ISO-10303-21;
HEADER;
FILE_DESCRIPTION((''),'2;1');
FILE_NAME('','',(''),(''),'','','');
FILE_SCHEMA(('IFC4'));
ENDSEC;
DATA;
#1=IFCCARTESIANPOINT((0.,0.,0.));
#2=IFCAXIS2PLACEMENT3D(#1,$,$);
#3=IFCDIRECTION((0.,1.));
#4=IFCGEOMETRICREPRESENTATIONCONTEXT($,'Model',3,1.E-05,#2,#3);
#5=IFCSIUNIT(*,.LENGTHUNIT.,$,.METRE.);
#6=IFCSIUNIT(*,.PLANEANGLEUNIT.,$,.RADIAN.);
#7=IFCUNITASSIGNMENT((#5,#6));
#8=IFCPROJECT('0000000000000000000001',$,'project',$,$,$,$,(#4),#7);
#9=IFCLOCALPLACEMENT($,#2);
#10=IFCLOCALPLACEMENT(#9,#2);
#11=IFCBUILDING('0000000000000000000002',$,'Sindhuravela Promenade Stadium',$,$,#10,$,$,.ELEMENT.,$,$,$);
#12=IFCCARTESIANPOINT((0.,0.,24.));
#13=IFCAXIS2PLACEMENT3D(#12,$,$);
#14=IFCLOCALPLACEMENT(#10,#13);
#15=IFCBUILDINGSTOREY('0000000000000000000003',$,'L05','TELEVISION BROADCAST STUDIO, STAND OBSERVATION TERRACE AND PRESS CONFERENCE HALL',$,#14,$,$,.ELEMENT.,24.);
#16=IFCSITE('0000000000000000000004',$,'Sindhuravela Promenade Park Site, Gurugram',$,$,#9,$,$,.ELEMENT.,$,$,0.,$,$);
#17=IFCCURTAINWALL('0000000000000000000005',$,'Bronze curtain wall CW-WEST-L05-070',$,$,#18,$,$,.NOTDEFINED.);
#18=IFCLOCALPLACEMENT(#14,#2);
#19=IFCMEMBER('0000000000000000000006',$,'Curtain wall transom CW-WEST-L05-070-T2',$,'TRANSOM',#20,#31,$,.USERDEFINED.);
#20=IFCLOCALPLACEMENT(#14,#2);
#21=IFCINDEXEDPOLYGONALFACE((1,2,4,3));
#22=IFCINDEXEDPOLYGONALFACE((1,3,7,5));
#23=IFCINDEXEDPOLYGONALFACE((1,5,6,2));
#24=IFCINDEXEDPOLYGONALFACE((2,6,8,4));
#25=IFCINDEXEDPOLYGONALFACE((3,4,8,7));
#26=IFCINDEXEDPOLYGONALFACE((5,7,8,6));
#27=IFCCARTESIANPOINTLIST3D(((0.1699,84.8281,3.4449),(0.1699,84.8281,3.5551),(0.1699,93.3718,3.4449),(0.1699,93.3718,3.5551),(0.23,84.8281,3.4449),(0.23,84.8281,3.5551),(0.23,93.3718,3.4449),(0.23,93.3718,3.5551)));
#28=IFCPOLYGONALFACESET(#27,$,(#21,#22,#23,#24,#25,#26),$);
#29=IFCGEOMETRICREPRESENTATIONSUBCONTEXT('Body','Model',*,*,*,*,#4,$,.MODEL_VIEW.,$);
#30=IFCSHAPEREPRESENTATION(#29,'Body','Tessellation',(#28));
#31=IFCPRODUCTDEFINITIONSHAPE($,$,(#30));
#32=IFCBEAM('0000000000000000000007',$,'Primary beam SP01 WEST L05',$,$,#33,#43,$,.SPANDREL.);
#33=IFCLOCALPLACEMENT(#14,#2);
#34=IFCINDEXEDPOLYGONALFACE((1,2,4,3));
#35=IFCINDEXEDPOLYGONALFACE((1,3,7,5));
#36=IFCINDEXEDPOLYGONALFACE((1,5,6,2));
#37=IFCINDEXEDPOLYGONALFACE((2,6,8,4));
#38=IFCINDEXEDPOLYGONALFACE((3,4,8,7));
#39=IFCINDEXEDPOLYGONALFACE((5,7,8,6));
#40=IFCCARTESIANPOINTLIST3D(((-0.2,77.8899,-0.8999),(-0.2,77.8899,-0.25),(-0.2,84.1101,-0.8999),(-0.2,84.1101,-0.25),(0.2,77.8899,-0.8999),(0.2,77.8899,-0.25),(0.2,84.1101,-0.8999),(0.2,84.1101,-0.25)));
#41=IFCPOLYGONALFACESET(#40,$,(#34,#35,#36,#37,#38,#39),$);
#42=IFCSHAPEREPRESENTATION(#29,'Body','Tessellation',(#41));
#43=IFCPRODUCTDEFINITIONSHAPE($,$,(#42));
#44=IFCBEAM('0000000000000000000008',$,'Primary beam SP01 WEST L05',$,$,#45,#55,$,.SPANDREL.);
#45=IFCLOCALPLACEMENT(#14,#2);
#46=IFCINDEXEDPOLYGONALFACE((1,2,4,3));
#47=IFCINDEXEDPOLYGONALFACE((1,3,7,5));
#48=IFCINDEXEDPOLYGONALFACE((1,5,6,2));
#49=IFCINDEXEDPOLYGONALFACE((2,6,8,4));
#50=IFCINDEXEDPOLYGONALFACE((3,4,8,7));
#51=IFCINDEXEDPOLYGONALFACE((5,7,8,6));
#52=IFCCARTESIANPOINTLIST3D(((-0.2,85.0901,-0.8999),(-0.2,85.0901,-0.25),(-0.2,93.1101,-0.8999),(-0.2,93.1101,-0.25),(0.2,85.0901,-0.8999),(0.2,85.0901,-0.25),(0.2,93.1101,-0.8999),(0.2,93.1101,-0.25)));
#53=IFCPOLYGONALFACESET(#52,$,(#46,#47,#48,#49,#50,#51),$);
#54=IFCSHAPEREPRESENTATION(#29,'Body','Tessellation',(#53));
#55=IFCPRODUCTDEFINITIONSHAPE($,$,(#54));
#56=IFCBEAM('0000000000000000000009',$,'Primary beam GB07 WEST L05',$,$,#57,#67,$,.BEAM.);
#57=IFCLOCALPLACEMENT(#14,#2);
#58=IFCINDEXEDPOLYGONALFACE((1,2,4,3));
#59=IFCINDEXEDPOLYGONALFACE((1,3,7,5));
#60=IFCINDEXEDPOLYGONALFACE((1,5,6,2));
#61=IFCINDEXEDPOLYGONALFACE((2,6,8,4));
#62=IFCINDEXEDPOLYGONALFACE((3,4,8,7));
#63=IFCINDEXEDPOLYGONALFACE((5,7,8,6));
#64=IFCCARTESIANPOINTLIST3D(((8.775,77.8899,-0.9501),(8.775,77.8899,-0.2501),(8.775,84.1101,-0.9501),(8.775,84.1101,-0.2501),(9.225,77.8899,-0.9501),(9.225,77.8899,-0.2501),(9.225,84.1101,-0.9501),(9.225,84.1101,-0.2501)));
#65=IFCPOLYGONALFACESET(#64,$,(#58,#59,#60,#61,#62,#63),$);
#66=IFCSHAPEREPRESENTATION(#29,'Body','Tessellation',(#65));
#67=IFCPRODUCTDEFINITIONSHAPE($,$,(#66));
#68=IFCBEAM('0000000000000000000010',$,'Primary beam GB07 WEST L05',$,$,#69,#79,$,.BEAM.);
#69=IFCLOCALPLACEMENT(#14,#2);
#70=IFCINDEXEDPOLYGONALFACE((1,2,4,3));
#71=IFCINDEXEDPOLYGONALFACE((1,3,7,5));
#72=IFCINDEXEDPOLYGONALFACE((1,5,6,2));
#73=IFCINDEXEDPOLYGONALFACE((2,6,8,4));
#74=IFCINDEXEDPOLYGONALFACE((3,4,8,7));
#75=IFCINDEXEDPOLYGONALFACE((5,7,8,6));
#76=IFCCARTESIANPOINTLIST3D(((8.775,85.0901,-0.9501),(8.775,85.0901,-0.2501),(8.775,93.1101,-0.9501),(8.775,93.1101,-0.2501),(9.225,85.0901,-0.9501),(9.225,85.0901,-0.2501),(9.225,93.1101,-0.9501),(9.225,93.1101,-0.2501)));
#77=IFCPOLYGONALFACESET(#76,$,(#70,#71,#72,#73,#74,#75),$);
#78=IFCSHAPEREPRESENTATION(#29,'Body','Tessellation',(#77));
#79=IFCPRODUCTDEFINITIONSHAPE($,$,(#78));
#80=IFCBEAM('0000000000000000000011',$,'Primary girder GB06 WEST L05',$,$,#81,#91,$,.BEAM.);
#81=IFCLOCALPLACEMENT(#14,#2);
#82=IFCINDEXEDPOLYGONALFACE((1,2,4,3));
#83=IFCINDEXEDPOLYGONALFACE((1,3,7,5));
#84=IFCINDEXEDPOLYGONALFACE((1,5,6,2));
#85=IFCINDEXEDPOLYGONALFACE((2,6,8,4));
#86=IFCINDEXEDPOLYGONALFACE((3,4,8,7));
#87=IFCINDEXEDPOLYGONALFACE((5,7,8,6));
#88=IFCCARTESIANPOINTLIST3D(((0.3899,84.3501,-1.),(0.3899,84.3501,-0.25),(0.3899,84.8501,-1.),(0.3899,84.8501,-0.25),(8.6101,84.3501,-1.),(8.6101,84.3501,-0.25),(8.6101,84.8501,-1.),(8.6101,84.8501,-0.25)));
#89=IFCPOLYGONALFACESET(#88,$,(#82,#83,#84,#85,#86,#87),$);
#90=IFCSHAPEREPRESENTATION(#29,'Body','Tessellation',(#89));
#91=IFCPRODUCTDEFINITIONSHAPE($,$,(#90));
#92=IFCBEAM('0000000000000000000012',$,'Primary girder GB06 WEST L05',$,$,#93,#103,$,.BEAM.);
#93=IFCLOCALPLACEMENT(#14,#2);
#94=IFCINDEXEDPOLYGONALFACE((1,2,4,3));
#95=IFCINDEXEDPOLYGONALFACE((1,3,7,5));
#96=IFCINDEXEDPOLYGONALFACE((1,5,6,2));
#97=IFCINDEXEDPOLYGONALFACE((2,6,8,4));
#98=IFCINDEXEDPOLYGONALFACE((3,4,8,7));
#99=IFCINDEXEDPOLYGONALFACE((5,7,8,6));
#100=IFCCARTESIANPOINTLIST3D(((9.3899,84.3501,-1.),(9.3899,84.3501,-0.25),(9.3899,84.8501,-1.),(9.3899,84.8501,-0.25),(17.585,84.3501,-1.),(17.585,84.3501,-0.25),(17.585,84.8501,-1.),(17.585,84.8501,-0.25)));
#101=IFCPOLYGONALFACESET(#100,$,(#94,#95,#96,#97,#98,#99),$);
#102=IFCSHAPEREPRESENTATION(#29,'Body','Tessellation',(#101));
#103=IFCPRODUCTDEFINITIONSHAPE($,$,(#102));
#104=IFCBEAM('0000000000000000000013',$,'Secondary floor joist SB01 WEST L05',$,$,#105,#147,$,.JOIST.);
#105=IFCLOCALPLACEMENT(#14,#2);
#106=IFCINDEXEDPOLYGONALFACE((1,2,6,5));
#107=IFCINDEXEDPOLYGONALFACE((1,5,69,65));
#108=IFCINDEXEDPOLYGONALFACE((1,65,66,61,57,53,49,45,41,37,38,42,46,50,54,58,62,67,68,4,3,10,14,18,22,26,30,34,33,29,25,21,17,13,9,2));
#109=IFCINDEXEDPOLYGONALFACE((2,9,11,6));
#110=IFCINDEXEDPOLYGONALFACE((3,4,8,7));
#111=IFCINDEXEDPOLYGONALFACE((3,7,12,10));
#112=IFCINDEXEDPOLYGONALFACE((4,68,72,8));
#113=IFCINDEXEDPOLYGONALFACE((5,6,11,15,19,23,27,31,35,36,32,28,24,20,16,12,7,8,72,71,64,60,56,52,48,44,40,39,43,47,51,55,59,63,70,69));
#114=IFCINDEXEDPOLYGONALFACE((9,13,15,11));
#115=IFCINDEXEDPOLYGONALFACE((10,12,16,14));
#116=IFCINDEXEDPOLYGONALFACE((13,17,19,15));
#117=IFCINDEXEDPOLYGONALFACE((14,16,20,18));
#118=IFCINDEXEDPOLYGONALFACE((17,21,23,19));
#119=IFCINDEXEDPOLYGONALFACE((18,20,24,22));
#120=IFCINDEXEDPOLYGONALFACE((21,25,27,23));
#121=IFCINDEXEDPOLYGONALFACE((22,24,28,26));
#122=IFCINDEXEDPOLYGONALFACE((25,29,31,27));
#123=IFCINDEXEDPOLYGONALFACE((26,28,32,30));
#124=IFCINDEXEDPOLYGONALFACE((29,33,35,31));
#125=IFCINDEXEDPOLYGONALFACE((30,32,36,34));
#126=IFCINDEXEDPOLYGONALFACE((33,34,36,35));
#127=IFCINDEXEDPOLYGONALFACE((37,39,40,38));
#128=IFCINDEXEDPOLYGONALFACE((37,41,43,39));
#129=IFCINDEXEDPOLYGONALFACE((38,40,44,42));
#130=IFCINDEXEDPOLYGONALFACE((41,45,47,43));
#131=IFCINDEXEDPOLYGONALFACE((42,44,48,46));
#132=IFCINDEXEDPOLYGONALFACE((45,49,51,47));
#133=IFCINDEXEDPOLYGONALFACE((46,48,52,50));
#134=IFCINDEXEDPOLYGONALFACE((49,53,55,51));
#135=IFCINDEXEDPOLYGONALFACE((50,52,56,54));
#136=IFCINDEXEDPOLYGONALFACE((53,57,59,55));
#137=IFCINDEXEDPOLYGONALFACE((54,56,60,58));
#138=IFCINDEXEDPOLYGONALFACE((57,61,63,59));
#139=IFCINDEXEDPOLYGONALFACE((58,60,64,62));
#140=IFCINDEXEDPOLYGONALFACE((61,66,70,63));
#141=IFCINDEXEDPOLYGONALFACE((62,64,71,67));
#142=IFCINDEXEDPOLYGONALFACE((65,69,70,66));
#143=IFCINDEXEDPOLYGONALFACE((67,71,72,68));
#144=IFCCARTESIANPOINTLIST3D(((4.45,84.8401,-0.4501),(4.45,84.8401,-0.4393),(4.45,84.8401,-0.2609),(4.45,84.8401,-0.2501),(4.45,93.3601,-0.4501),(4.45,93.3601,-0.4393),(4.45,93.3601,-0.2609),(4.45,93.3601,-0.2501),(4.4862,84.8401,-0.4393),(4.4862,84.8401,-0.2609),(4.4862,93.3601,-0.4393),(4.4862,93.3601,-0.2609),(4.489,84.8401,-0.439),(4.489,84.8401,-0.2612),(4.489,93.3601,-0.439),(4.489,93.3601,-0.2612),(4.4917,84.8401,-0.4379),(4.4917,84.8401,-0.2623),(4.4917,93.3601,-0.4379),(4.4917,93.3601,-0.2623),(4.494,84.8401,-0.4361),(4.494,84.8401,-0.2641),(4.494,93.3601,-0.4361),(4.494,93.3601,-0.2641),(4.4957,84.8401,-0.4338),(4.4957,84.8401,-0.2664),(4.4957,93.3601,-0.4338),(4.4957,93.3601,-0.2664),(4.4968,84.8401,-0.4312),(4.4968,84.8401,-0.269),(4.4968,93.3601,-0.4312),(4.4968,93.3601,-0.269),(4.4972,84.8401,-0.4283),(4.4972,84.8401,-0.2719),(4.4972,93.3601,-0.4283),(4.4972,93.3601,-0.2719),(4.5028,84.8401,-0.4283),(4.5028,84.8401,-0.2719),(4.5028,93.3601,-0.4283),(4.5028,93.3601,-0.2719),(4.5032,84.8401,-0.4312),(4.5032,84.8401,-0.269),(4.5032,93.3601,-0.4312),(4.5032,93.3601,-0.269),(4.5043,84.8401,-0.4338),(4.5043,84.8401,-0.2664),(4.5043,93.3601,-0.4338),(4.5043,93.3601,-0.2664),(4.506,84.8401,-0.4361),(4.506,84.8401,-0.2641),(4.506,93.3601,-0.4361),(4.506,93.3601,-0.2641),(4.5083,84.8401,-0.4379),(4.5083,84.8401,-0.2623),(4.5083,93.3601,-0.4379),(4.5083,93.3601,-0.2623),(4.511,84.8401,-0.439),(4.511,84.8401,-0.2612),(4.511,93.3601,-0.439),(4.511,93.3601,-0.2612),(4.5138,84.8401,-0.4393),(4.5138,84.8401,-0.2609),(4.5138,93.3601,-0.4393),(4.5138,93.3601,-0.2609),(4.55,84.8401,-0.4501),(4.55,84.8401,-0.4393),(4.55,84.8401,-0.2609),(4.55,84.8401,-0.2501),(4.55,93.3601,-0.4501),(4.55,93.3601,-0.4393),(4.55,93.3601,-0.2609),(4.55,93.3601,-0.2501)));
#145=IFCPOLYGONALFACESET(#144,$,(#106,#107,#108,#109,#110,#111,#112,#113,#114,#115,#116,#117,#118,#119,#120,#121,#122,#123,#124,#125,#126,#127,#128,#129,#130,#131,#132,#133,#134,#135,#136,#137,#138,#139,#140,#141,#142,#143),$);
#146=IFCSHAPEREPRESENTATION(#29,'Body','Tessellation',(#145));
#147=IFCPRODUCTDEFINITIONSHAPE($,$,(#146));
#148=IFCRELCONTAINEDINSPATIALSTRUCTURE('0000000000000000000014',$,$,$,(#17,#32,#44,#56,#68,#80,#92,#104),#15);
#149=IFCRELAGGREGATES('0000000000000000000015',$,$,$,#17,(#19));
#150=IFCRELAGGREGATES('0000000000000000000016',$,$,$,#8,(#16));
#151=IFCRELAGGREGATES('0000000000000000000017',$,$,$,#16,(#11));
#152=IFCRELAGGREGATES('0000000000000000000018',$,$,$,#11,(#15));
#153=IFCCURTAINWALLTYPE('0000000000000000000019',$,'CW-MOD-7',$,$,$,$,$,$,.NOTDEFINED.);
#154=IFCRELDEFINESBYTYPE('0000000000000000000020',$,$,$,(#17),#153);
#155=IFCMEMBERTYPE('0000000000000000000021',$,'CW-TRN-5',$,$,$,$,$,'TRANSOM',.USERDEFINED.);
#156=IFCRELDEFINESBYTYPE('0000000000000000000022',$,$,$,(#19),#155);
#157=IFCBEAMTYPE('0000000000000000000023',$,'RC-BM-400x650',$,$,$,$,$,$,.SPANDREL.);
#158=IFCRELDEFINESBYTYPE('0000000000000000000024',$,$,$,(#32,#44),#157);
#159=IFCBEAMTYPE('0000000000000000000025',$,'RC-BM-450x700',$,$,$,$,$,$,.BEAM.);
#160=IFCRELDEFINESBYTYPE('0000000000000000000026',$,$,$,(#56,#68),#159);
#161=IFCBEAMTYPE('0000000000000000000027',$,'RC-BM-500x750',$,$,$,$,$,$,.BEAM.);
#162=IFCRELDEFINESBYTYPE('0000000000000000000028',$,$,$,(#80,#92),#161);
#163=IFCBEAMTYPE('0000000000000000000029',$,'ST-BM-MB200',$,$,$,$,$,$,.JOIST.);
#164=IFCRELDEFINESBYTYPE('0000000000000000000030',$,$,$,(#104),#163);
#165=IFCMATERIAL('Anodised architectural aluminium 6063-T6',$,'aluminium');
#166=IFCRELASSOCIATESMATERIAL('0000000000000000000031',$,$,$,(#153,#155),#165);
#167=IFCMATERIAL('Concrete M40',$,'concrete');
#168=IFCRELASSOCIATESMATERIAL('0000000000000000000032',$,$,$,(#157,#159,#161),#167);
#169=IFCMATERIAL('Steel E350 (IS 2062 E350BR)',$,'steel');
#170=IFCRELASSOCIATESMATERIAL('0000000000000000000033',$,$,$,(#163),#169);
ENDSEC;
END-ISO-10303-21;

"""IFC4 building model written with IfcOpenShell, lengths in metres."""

from ifc_helpers import new_model, si_unit, direction, frame, origin, origin_2d, place, context, subcontext, project, spatial, rectangle, i_section, extrude, material, material_profile, profile_set, type_object, element, aggregate, save


model = new_model("IFC4")

# Units and contexts
model_context = context("Model", 3, precision=1e-05, world=origin(), true_north=direction((0.0, 1.0)))
body_context = subcontext(model_context, "Body", "Model", "MODEL_VIEW")
ifc_project = project(units=[si_unit("LENGTHUNIT", "METRE"), si_unit("PLANEANGLEUNIT", "RADIAN")], contexts=[model_context])

# Site, building, storey
site_placement = place(None, origin())
site = spatial("IfcSite", under=ifc_project, at=site_placement, Name="Sindhuravela Promenade Park Site, Gurugram", CompositionType="ELEMENT", RefElevation=0.0)
building_placement = place(site_placement, origin())
building = spatial("IfcBuilding", under=site, at=building_placement, Name="Sindhuravela Promenade Stadium", CompositionType="ELEMENT")
storey_placement = place(building_placement, frame((0.0, 0.0, 24.0)))
storey = spatial("IfcBuildingStorey", under=building, at=storey_placement, Name="L05", Description="TELEVISION BROADCAST STUDIO, STAND OBSERVATION TERRACE AND PRESS CONFERENCE HALL", CompositionType="ELEMENT", Elevation=24.0)

# Shared definitions
ifc_material_1 = material(Name="Steel E350 (IS 2062 E350BR)", Category="steel")

# Shared definitions
ifc_material_2 = material(Name="Anodised architectural aluminium 6063-T6", Category="aluminium")

# Curtain wall
curtain_wall_type_1 = type_object("IfcCurtainWallType", Name="CW-MOD-7", PredefinedType="NOTDEFINED", material=ifc_material_2)
curtain_wall_1_placement = place(storey_placement, origin())
curtain_wall_1 = element("IfcCurtainWall", 1, at=curtain_wall_1_placement, inside=storey, type_object=curtain_wall_type_1, Name="Bronze curtain wall CW-WEST-L05-070", PredefinedType="NOTDEFINED")

# Member
ifc_material_profile_1 = material_profile(ifc_material_2, rectangle(XDim=0.0601, YDim=0.1101, at=origin_2d()), Name="ALU T60x110")
ifc_profile_set_1 = profile_set([ifc_material_profile_1], Name="Anodised architectural aluminium 6063-T6")
member_type_1 = type_object("IfcMemberType", Name="CW-TRN-5", ElementType="TRANSOM", PredefinedType="USERDEFINED", material=ifc_profile_set_1)
member_1_placement = place(storey_placement, frame((0.2, 84.8281, 3.5), z_axis=(0.0, 1.0, 0.0), x_axis=(-1.0, 0.0, 0.0)))
member_1 = element("IfcMember", 2, at=member_1_placement, type_object=member_type_1, Name="Curtain wall transom CW-WEST-L05-070-T2", ObjectType="TRANSOM", PredefinedType="USERDEFINED", context=body_context, shape_type="SweptSolid", body=[
    extrude(rectangle(XDim=0.0601, YDim=0.1101, at=origin_2d()), origin(), (0.0, 0.0, 1.0), 8.5437),
])
aggregate(curtain_wall_1, [member_1])

# Beams
ifc_material_3 = material(Name="Concrete M40", Category="concrete")
ifc_material_profile_2 = material_profile(ifc_material_3, rectangle(XDim=0.3999, YDim=0.6499, at=origin_2d()), Name="RC 400x650")
ifc_profile_set_2 = profile_set([ifc_material_profile_2], Name="Concrete M40")
beam_type_1 = type_object("IfcBeamType", Name="RC-BM-400x650", PredefinedType="SPANDREL", material=ifc_profile_set_2)
beam_1_placement = place(storey_placement, frame((0.0, 77.8899, -0.575), z_axis=(0.0, 1.0, 0.0), x_axis=(-1.0, 0.0, 0.0)))
element("IfcBeam", 3, at=beam_1_placement, inside=storey, type_object=beam_type_1, Name="Primary beam SP01 WEST L05", PredefinedType="SPANDREL", context=body_context, shape_type="SweptSolid", body=[
    extrude(rectangle(XDim=0.3999, YDim=0.6499, at=origin_2d()), origin(), (0.0, 0.0, 1.0), 6.2202),
])
beam_2_placement = place(storey_placement, frame((0.0, 85.0901, -0.575), z_axis=(0.0, 1.0, 0.0), x_axis=(-1.0, 0.0, 0.0)))
element("IfcBeam", 4, at=beam_2_placement, inside=storey, type_object=beam_type_1, Name="Primary beam SP01 WEST L05", PredefinedType="SPANDREL", context=body_context, shape_type="SweptSolid", body=[
    extrude(rectangle(XDim=0.3999, YDim=0.6499, at=origin_2d()), origin(), (0.0, 0.0, 1.0), 8.02),
])
ifc_material_profile_3 = material_profile(ifc_material_3, rectangle(XDim=0.45, YDim=0.7, at=origin_2d()), Name="RC 450x700")
ifc_profile_set_3 = profile_set([ifc_material_profile_3], Name="Concrete M40")
beam_type_2 = type_object("IfcBeamType", Name="RC-BM-450x700", PredefinedType="BEAM", material=ifc_profile_set_3)
beam_3_placement = place(storey_placement, frame((9.0, 77.8899, -0.6001), z_axis=(0.0, 1.0, 0.0), x_axis=(-1.0, 0.0, 0.0)))
element("IfcBeam", 5, at=beam_3_placement, inside=storey, type_object=beam_type_2, Name="Primary beam GB07 WEST L05", PredefinedType="BEAM", context=body_context, shape_type="SweptSolid", body=[
    extrude(rectangle(XDim=0.45, YDim=0.7, at=origin_2d()), origin(), (0.0, 0.0, 1.0), 6.2202),
])
beam_4_placement = place(storey_placement, frame((9.0, 85.0901, -0.6001), z_axis=(0.0, 1.0, 0.0), x_axis=(-1.0, 0.0, 0.0)))
element("IfcBeam", 6, at=beam_4_placement, inside=storey, type_object=beam_type_2, Name="Primary beam GB07 WEST L05", PredefinedType="BEAM", context=body_context, shape_type="SweptSolid", body=[
    extrude(rectangle(XDim=0.45, YDim=0.7, at=origin_2d()), origin(), (0.0, 0.0, 1.0), 8.02),
])
ifc_material_profile_4 = material_profile(ifc_material_3, rectangle(XDim=0.5, YDim=0.75, at=origin_2d()), Name="RC 500x750")
ifc_profile_set_4 = profile_set([ifc_material_profile_4], Name="Concrete M40")
beam_type_3 = type_object("IfcBeamType", Name="RC-BM-500x750", PredefinedType="BEAM", material=ifc_profile_set_4)
beam_5_placement = place(storey_placement, frame((0.3899, 84.6001, -0.625), z_axis=(1.0, 0.0, 0.0), x_axis=(0.0, 1.0, 0.0)))
element("IfcBeam", 7, at=beam_5_placement, inside=storey, type_object=beam_type_3, Name="Primary girder GB06 WEST L05", PredefinedType="BEAM", context=body_context, shape_type="SweptSolid", body=[
    extrude(rectangle(XDim=0.5, YDim=0.75, at=origin_2d()), origin(), (0.0, 0.0, 1.0), 8.2202),
])
beam_6_placement = place(storey_placement, frame((9.3899, 84.6001, -0.625), z_axis=(1.0, 0.0, 0.0), x_axis=(0.0, 1.0, 0.0)))
element("IfcBeam", 8, at=beam_6_placement, inside=storey, type_object=beam_type_3, Name="Primary girder GB06 WEST L05", PredefinedType="BEAM", context=body_context, shape_type="SweptSolid", body=[
    extrude(rectangle(XDim=0.5, YDim=0.75, at=origin_2d()), origin(), (0.0, 0.0, 1.0), 8.1951),
])
ifc_material_profile_5 = material_profile(ifc_material_1, i_section(OverallWidth=0.1001, OverallDepth=0.2, WebThickness=0.0056, FlangeThickness=0.0107, FilletRadius=0.011, at=origin_2d()), Name="ISMB 200")
ifc_profile_set_5 = profile_set([ifc_material_profile_5], Name="Steel E350 (IS 2062 E350BR)")
beam_type_4 = type_object("IfcBeamType", Name="ST-BM-MB200", PredefinedType="JOIST", material=ifc_profile_set_5)
beam_7_placement = place(storey_placement, frame((4.5, 84.8401, -0.3501), z_axis=(0.0, 1.0, 0.0), x_axis=(-1.0, 0.0, 0.0)))
element("IfcBeam", 9, at=beam_7_placement, inside=storey, type_object=beam_type_4, Name="Secondary floor joist SB01 WEST L05", PredefinedType="JOIST", context=body_context, shape_type="SweptSolid", body=[
    extrude(i_section(OverallWidth=0.1001, OverallDepth=0.2, WebThickness=0.0056, FlangeThickness=0.0107, FilletRadius=0.011, at=origin_2d()), origin(), (0.0, 0.0, 1.0), 8.52),
])

save(model, "model.ifc")
